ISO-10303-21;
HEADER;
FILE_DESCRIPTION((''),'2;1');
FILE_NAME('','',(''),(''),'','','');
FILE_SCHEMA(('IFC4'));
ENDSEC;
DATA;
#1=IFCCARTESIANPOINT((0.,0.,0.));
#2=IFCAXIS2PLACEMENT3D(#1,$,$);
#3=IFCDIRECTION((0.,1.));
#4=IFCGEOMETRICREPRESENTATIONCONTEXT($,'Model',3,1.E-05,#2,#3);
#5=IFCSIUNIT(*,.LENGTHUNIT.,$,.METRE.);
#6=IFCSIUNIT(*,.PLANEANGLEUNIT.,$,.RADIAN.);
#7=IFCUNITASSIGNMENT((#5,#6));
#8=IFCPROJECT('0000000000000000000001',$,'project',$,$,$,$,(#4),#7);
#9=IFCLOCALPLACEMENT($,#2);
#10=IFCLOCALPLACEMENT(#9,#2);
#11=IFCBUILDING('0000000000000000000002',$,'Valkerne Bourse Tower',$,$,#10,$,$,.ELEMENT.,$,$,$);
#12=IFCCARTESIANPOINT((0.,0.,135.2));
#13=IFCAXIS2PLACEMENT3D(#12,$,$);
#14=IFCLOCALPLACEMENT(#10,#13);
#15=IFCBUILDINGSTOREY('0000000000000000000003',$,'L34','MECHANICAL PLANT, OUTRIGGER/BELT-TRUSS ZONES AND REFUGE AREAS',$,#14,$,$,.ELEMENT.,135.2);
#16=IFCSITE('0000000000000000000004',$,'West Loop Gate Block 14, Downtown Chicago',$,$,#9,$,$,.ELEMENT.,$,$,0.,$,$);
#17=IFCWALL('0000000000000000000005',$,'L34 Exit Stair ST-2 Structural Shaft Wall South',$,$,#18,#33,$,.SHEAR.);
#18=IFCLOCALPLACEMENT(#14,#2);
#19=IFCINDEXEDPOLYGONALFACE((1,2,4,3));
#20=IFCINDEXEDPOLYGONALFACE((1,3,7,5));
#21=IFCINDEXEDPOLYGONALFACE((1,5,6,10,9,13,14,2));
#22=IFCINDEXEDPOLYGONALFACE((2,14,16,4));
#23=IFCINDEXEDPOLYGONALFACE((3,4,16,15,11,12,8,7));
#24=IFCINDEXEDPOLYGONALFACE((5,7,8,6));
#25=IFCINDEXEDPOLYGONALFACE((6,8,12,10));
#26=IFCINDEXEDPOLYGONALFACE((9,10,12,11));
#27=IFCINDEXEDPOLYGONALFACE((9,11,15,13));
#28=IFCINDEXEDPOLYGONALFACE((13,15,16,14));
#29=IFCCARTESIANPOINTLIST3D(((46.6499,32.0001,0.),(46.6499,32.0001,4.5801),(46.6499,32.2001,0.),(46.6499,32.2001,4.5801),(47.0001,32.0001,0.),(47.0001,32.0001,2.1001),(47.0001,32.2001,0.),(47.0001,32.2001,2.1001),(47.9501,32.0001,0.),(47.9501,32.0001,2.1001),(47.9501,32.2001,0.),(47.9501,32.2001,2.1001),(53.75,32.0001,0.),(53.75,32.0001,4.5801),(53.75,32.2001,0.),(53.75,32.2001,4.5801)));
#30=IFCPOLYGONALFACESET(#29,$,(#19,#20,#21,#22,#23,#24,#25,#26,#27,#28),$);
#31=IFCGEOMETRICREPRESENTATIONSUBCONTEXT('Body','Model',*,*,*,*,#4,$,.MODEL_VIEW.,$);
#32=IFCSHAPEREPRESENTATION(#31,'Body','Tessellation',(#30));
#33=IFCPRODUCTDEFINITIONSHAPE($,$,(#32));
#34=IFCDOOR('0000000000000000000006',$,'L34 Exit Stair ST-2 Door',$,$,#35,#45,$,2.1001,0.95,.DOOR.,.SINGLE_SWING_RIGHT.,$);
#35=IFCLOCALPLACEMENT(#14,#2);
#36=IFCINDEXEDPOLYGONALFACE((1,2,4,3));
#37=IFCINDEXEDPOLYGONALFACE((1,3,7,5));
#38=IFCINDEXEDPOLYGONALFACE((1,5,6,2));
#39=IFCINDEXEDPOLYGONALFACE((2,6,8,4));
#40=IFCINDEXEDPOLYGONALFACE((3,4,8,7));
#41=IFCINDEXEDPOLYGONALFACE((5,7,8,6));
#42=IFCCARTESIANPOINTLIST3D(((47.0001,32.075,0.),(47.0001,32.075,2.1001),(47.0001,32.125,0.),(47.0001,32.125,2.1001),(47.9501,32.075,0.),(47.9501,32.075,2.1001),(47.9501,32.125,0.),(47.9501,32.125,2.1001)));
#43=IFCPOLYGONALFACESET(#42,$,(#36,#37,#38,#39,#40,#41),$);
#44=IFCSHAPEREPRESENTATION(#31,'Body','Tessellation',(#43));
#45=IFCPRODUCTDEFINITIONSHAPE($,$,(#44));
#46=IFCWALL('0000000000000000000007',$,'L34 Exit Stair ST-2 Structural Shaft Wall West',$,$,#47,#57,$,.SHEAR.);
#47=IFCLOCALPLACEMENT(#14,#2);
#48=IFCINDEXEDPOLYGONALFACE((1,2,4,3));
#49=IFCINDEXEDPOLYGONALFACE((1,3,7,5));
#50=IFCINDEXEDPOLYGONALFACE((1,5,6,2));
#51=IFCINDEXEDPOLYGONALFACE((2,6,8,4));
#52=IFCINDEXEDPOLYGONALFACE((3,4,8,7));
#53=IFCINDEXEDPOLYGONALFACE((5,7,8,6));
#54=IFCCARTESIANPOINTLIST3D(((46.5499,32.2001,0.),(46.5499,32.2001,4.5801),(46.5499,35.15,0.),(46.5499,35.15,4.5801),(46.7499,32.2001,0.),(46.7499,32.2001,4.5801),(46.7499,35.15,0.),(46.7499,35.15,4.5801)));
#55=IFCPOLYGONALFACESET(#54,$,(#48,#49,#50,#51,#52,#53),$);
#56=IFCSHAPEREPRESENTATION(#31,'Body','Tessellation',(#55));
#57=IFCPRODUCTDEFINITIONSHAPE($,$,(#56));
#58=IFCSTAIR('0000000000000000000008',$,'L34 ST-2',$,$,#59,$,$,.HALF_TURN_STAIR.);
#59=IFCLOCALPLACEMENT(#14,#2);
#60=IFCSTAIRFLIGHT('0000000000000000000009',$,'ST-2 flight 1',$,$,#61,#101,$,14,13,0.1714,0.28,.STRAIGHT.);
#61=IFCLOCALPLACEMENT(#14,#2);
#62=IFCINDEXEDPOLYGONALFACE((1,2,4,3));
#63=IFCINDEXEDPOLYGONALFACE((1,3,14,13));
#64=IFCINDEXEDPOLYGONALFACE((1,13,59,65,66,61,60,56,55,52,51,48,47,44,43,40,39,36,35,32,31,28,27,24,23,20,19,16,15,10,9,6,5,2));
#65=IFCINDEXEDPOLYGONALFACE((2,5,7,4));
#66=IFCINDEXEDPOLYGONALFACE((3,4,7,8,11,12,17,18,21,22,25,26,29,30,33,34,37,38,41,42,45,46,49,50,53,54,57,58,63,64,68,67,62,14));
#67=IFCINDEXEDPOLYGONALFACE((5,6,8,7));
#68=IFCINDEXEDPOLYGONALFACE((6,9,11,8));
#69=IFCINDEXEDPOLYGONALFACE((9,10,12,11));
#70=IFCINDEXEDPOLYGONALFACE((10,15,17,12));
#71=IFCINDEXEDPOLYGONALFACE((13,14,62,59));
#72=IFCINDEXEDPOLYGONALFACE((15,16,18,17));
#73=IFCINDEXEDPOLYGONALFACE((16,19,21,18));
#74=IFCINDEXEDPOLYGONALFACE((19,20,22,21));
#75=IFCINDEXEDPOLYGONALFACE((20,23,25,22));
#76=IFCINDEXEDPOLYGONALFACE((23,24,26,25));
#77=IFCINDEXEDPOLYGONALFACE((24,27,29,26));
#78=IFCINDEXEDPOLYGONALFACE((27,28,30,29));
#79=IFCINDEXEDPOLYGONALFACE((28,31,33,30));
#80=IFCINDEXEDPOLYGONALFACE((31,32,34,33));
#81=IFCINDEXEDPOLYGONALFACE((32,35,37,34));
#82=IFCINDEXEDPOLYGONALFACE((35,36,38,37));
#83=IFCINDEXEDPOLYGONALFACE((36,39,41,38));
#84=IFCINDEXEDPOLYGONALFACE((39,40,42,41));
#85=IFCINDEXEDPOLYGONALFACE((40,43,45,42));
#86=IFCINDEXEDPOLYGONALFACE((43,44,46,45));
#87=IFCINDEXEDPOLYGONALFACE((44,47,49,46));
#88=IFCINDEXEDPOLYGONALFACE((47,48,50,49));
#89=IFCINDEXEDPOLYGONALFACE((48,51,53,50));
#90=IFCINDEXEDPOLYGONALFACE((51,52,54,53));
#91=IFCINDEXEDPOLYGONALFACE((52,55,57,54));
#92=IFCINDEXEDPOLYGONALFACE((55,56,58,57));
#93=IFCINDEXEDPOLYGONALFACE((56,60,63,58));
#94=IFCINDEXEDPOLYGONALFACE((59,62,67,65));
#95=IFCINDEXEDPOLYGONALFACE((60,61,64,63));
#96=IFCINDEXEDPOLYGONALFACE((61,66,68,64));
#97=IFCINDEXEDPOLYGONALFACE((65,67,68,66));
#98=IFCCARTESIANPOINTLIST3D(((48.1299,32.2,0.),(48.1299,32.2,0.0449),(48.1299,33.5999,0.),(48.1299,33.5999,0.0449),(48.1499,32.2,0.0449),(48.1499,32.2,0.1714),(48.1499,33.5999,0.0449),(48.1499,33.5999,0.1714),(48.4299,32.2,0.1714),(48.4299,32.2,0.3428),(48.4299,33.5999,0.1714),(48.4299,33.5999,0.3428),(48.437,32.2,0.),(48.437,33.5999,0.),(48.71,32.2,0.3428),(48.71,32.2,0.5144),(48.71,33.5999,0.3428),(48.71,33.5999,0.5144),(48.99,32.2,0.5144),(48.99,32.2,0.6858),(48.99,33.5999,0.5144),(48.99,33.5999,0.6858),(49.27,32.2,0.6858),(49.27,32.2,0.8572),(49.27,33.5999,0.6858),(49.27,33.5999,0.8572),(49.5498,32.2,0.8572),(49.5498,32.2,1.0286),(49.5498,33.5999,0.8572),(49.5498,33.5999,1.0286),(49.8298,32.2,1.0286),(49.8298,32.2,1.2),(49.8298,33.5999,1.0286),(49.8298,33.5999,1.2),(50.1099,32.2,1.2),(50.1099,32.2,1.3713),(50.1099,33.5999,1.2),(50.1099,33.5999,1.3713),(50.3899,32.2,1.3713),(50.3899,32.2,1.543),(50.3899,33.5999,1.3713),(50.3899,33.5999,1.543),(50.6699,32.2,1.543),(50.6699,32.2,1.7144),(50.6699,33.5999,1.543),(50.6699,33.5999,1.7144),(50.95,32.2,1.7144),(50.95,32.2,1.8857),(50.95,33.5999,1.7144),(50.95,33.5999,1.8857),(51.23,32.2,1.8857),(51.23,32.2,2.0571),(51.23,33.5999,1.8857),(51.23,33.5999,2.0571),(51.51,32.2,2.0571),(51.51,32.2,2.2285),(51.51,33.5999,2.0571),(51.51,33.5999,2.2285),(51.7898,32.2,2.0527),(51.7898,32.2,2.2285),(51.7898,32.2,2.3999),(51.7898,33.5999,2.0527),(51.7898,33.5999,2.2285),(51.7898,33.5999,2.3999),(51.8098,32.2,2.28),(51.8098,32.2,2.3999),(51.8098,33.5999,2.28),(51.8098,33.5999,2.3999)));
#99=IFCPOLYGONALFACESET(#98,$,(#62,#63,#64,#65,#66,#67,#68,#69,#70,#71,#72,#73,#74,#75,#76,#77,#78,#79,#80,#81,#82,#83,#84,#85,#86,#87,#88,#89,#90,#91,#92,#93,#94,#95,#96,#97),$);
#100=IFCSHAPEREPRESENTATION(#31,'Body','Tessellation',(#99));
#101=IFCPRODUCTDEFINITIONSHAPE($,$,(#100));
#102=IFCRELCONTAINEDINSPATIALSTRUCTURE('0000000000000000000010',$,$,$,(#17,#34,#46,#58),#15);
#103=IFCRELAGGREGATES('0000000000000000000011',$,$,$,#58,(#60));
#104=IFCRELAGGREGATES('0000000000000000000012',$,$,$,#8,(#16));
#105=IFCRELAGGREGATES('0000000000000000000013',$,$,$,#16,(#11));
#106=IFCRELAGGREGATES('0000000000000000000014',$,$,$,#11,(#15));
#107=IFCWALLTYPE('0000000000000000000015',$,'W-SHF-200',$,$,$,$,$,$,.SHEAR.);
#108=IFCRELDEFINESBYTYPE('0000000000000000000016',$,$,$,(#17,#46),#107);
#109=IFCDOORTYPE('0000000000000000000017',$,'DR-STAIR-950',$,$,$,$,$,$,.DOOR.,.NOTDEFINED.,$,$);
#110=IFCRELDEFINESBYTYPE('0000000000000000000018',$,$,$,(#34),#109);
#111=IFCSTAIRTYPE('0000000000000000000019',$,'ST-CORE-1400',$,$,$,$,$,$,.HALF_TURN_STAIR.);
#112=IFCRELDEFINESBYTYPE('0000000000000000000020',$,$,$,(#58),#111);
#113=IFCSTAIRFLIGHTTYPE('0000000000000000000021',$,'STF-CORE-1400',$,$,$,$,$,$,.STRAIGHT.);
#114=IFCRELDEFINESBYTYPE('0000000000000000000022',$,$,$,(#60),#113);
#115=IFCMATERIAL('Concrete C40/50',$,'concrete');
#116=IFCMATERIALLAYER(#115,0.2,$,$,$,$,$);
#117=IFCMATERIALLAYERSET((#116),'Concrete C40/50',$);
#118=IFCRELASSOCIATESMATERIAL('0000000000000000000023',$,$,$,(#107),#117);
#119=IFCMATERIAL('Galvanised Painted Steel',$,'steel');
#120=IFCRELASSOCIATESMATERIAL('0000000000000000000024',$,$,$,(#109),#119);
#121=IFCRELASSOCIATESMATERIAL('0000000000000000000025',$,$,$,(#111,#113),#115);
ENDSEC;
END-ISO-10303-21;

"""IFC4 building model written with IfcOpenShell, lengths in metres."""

from ifc_helpers import new_model, si_unit, direction, frame, frame_2d, origin, place, context, subcontext, project, spatial, polyline, rectangle, outline, extrude, material, layer, layer_set, type_object, element, fill, aggregate, save


model = new_model("IFC4")

# Units and contexts
model_context = context("Model", 3, precision=1e-05, world=origin(), true_north=direction((0.0, 1.0)))
body_context = subcontext(model_context, "Body", "Model", "MODEL_VIEW")
ifc_project = project(units=[si_unit("LENGTHUNIT", "METRE"), si_unit("PLANEANGLEUNIT", "RADIAN")], contexts=[model_context])

# Site, building, storey
site_placement = place(None, origin())
site = spatial("IfcSite", under=ifc_project, at=site_placement, Name="West Loop Gate Block 14, Downtown Chicago", CompositionType="ELEMENT", RefElevation=0.0)
building_placement = place(site_placement, origin())
building = spatial("IfcBuilding", under=site, at=building_placement, Name="Valkerne Bourse Tower", CompositionType="ELEMENT")
storey_placement = place(building_placement, frame((0.0, 0.0, 135.2)))
storey = spatial("IfcBuildingStorey", under=building, at=storey_placement, Name="L34", Description="MECHANICAL PLANT, OUTRIGGER/BELT-TRUSS ZONES AND REFUGE AREAS", CompositionType="ELEMENT", Elevation=135.2)

# Shared definitions
ifc_material_1 = material(Name="Galvanised Painted Steel", Category="steel")

# Wall, opening, door
ifc_material_2 = material(Name="Concrete C40/50", Category="concrete")
ifc_layer_1 = layer(ifc_material_2, 0.2)
ifc_layer_set_1 = layer_set([ifc_layer_1], Name="Concrete C40/50")
wall_type_1 = type_object("IfcWallType", Name="W-SHF-200", PredefinedType="SHEAR", material=ifc_layer_set_1)
wall_1_placement = place(storey_placement, frame((46.6499, 32.1001, 0.0), z_axis=(0.0, 0.0, 1.0), x_axis=(1.0, 0.0, 0.0)))
wall_1 = element("IfcWall", 1, at=wall_1_placement, inside=storey, type_object=wall_type_1, Name="L34 Exit Stair ST-2 Structural Shaft Wall South", PredefinedType="SHEAR", context=body_context, shape_type="SweptSolid", body=[
    extrude(rectangle(XDim=7.1001, YDim=0.2, at=frame_2d((3.55, 0.0))), origin(), (0.0, 0.0, 1.0), 4.5801),
])
opening_1_placement = place(wall_1_placement, frame((0.3501, 0.0, 0.0)))
opening_1 = element("IfcOpeningElement", 2, at=opening_1_placement, cuts=wall_1, PredefinedType="OPENING", context=body_context, shape_type="SweptSolid", body=[
    extrude(rectangle(XDim=0.95, YDim=2.1001, at=frame_2d((0.4751, 1.05))), frame((0.0, 0.1099, 0.0), z_axis=(0.0, -1.0, 0.0), x_axis=(1.0, 0.0, 0.0)), (0.0, 0.0, 1.0), 0.22),
])
door_type_1 = type_object("IfcDoorType", Name="DR-STAIR-950", OperationType="NOTDEFINED", PredefinedType="DOOR", material=ifc_material_1)
door_1_placement = place(opening_1_placement, origin())
door_1 = element("IfcDoor", 3, at=door_1_placement, inside=storey, type_object=door_type_1, Name="L34 Exit Stair ST-2 Door", OperationType="SINGLE_SWING_RIGHT", OverallHeight=2.1001, OverallWidth=0.95, PredefinedType="DOOR", context=body_context, shape_type="SweptSolid", body=[
    extrude(rectangle(XDim=0.95, YDim=2.1001, at=frame_2d((0.4751, 1.05))), frame((0.0, 0.0249, 0.0), z_axis=(0.0, -1.0, 0.0), x_axis=(1.0, 0.0, 0.0)), (0.0, 0.0, 1.0), 0.05),
])
fill(opening_1, door_1)

# Wall
wall_2_placement = place(storey_placement, frame((46.6499, 32.2, 0.0), z_axis=(0.0, 0.0, 1.0), x_axis=(0.0, 1.0, 0.0)))
element("IfcWall", 4, at=wall_2_placement, inside=storey, type_object=wall_type_1, Name="L34 Exit Stair ST-2 Structural Shaft Wall West", PredefinedType="SHEAR", context=body_context, shape_type="SweptSolid", body=[
    extrude(rectangle(XDim=2.95, YDim=0.2, at=frame_2d((1.4751, 0.0))), origin(), (0.0, 0.0, 1.0), 4.5801),
])

# Stair, stair flight
stair_type = type_object("IfcStairType", Name="ST-CORE-1400", PredefinedType="HALF_TURN_STAIR", material=ifc_material_2)
stair_placement = place(storey_placement, origin())
stair = element("IfcStair", 5, at=stair_placement, inside=storey, type_object=stair_type, Name="L34 ST-2", PredefinedType="HALF_TURN_STAIR")
stair_flight_type = type_object("IfcStairFlightType", Name="STF-CORE-1400", PredefinedType="STRAIGHT", material=ifc_material_2)
stair_flight_placement = place(storey_placement, frame((48.1499, 32.8999, 0.0), z_axis=(0.0, 0.0, 1.0), x_axis=(1.0, 0.0, 0.0)))
stair_flight = element("IfcStairFlight", 6, at=stair_flight_placement, type_object=stair_flight_type, Name="ST-2 flight 1", NumberOfRisers=14, NumberOfTreads=13, PredefinedType="STRAIGHT", RiserHeight=0.1714, TreadLength=0.28, context=body_context, shape_type="SweptSolid", body=[
    extrude(outline(polyline([(-0.02, 0.0), (-0.02, 0.0449), (0.0, 0.0449), (0.0, 0.1714), (0.28, 0.1714), (0.28, 0.3428), (0.5601, 0.3428), (0.5601, 0.5144), (0.8401, 0.5144), (0.8401, 0.6858), (1.1201, 0.6858), (1.1201, 0.8572), (1.3999, 0.8572), (1.3999, 1.0286), (1.6799, 1.0286), (1.6799, 1.2), (1.96, 1.2), (1.96, 1.3713), (2.24, 1.3713), (2.24, 1.543), (2.52, 1.543), (2.52, 1.7144), (2.8, 1.7144), (2.8, 1.8857), (3.0801, 1.8857), (3.0801, 2.0571), (3.3601, 2.0571), (3.3601, 2.2285), (3.6399, 2.2285), (3.6399, 2.3999), (3.6599, 2.3999), (3.6599, 2.28), (3.6399, 2.0527), (0.2871, 0.0), (-0.02, 0.0)])), frame((0.0, 0.7, 0.0), z_axis=(0.0, -1.0, 0.0), x_axis=(1.0, 0.0, 0.0)), (0.0, 0.0, 1.0), 1.3999),
])
aggregate(stair, [stair_flight])

save(model, "model.ifc")
